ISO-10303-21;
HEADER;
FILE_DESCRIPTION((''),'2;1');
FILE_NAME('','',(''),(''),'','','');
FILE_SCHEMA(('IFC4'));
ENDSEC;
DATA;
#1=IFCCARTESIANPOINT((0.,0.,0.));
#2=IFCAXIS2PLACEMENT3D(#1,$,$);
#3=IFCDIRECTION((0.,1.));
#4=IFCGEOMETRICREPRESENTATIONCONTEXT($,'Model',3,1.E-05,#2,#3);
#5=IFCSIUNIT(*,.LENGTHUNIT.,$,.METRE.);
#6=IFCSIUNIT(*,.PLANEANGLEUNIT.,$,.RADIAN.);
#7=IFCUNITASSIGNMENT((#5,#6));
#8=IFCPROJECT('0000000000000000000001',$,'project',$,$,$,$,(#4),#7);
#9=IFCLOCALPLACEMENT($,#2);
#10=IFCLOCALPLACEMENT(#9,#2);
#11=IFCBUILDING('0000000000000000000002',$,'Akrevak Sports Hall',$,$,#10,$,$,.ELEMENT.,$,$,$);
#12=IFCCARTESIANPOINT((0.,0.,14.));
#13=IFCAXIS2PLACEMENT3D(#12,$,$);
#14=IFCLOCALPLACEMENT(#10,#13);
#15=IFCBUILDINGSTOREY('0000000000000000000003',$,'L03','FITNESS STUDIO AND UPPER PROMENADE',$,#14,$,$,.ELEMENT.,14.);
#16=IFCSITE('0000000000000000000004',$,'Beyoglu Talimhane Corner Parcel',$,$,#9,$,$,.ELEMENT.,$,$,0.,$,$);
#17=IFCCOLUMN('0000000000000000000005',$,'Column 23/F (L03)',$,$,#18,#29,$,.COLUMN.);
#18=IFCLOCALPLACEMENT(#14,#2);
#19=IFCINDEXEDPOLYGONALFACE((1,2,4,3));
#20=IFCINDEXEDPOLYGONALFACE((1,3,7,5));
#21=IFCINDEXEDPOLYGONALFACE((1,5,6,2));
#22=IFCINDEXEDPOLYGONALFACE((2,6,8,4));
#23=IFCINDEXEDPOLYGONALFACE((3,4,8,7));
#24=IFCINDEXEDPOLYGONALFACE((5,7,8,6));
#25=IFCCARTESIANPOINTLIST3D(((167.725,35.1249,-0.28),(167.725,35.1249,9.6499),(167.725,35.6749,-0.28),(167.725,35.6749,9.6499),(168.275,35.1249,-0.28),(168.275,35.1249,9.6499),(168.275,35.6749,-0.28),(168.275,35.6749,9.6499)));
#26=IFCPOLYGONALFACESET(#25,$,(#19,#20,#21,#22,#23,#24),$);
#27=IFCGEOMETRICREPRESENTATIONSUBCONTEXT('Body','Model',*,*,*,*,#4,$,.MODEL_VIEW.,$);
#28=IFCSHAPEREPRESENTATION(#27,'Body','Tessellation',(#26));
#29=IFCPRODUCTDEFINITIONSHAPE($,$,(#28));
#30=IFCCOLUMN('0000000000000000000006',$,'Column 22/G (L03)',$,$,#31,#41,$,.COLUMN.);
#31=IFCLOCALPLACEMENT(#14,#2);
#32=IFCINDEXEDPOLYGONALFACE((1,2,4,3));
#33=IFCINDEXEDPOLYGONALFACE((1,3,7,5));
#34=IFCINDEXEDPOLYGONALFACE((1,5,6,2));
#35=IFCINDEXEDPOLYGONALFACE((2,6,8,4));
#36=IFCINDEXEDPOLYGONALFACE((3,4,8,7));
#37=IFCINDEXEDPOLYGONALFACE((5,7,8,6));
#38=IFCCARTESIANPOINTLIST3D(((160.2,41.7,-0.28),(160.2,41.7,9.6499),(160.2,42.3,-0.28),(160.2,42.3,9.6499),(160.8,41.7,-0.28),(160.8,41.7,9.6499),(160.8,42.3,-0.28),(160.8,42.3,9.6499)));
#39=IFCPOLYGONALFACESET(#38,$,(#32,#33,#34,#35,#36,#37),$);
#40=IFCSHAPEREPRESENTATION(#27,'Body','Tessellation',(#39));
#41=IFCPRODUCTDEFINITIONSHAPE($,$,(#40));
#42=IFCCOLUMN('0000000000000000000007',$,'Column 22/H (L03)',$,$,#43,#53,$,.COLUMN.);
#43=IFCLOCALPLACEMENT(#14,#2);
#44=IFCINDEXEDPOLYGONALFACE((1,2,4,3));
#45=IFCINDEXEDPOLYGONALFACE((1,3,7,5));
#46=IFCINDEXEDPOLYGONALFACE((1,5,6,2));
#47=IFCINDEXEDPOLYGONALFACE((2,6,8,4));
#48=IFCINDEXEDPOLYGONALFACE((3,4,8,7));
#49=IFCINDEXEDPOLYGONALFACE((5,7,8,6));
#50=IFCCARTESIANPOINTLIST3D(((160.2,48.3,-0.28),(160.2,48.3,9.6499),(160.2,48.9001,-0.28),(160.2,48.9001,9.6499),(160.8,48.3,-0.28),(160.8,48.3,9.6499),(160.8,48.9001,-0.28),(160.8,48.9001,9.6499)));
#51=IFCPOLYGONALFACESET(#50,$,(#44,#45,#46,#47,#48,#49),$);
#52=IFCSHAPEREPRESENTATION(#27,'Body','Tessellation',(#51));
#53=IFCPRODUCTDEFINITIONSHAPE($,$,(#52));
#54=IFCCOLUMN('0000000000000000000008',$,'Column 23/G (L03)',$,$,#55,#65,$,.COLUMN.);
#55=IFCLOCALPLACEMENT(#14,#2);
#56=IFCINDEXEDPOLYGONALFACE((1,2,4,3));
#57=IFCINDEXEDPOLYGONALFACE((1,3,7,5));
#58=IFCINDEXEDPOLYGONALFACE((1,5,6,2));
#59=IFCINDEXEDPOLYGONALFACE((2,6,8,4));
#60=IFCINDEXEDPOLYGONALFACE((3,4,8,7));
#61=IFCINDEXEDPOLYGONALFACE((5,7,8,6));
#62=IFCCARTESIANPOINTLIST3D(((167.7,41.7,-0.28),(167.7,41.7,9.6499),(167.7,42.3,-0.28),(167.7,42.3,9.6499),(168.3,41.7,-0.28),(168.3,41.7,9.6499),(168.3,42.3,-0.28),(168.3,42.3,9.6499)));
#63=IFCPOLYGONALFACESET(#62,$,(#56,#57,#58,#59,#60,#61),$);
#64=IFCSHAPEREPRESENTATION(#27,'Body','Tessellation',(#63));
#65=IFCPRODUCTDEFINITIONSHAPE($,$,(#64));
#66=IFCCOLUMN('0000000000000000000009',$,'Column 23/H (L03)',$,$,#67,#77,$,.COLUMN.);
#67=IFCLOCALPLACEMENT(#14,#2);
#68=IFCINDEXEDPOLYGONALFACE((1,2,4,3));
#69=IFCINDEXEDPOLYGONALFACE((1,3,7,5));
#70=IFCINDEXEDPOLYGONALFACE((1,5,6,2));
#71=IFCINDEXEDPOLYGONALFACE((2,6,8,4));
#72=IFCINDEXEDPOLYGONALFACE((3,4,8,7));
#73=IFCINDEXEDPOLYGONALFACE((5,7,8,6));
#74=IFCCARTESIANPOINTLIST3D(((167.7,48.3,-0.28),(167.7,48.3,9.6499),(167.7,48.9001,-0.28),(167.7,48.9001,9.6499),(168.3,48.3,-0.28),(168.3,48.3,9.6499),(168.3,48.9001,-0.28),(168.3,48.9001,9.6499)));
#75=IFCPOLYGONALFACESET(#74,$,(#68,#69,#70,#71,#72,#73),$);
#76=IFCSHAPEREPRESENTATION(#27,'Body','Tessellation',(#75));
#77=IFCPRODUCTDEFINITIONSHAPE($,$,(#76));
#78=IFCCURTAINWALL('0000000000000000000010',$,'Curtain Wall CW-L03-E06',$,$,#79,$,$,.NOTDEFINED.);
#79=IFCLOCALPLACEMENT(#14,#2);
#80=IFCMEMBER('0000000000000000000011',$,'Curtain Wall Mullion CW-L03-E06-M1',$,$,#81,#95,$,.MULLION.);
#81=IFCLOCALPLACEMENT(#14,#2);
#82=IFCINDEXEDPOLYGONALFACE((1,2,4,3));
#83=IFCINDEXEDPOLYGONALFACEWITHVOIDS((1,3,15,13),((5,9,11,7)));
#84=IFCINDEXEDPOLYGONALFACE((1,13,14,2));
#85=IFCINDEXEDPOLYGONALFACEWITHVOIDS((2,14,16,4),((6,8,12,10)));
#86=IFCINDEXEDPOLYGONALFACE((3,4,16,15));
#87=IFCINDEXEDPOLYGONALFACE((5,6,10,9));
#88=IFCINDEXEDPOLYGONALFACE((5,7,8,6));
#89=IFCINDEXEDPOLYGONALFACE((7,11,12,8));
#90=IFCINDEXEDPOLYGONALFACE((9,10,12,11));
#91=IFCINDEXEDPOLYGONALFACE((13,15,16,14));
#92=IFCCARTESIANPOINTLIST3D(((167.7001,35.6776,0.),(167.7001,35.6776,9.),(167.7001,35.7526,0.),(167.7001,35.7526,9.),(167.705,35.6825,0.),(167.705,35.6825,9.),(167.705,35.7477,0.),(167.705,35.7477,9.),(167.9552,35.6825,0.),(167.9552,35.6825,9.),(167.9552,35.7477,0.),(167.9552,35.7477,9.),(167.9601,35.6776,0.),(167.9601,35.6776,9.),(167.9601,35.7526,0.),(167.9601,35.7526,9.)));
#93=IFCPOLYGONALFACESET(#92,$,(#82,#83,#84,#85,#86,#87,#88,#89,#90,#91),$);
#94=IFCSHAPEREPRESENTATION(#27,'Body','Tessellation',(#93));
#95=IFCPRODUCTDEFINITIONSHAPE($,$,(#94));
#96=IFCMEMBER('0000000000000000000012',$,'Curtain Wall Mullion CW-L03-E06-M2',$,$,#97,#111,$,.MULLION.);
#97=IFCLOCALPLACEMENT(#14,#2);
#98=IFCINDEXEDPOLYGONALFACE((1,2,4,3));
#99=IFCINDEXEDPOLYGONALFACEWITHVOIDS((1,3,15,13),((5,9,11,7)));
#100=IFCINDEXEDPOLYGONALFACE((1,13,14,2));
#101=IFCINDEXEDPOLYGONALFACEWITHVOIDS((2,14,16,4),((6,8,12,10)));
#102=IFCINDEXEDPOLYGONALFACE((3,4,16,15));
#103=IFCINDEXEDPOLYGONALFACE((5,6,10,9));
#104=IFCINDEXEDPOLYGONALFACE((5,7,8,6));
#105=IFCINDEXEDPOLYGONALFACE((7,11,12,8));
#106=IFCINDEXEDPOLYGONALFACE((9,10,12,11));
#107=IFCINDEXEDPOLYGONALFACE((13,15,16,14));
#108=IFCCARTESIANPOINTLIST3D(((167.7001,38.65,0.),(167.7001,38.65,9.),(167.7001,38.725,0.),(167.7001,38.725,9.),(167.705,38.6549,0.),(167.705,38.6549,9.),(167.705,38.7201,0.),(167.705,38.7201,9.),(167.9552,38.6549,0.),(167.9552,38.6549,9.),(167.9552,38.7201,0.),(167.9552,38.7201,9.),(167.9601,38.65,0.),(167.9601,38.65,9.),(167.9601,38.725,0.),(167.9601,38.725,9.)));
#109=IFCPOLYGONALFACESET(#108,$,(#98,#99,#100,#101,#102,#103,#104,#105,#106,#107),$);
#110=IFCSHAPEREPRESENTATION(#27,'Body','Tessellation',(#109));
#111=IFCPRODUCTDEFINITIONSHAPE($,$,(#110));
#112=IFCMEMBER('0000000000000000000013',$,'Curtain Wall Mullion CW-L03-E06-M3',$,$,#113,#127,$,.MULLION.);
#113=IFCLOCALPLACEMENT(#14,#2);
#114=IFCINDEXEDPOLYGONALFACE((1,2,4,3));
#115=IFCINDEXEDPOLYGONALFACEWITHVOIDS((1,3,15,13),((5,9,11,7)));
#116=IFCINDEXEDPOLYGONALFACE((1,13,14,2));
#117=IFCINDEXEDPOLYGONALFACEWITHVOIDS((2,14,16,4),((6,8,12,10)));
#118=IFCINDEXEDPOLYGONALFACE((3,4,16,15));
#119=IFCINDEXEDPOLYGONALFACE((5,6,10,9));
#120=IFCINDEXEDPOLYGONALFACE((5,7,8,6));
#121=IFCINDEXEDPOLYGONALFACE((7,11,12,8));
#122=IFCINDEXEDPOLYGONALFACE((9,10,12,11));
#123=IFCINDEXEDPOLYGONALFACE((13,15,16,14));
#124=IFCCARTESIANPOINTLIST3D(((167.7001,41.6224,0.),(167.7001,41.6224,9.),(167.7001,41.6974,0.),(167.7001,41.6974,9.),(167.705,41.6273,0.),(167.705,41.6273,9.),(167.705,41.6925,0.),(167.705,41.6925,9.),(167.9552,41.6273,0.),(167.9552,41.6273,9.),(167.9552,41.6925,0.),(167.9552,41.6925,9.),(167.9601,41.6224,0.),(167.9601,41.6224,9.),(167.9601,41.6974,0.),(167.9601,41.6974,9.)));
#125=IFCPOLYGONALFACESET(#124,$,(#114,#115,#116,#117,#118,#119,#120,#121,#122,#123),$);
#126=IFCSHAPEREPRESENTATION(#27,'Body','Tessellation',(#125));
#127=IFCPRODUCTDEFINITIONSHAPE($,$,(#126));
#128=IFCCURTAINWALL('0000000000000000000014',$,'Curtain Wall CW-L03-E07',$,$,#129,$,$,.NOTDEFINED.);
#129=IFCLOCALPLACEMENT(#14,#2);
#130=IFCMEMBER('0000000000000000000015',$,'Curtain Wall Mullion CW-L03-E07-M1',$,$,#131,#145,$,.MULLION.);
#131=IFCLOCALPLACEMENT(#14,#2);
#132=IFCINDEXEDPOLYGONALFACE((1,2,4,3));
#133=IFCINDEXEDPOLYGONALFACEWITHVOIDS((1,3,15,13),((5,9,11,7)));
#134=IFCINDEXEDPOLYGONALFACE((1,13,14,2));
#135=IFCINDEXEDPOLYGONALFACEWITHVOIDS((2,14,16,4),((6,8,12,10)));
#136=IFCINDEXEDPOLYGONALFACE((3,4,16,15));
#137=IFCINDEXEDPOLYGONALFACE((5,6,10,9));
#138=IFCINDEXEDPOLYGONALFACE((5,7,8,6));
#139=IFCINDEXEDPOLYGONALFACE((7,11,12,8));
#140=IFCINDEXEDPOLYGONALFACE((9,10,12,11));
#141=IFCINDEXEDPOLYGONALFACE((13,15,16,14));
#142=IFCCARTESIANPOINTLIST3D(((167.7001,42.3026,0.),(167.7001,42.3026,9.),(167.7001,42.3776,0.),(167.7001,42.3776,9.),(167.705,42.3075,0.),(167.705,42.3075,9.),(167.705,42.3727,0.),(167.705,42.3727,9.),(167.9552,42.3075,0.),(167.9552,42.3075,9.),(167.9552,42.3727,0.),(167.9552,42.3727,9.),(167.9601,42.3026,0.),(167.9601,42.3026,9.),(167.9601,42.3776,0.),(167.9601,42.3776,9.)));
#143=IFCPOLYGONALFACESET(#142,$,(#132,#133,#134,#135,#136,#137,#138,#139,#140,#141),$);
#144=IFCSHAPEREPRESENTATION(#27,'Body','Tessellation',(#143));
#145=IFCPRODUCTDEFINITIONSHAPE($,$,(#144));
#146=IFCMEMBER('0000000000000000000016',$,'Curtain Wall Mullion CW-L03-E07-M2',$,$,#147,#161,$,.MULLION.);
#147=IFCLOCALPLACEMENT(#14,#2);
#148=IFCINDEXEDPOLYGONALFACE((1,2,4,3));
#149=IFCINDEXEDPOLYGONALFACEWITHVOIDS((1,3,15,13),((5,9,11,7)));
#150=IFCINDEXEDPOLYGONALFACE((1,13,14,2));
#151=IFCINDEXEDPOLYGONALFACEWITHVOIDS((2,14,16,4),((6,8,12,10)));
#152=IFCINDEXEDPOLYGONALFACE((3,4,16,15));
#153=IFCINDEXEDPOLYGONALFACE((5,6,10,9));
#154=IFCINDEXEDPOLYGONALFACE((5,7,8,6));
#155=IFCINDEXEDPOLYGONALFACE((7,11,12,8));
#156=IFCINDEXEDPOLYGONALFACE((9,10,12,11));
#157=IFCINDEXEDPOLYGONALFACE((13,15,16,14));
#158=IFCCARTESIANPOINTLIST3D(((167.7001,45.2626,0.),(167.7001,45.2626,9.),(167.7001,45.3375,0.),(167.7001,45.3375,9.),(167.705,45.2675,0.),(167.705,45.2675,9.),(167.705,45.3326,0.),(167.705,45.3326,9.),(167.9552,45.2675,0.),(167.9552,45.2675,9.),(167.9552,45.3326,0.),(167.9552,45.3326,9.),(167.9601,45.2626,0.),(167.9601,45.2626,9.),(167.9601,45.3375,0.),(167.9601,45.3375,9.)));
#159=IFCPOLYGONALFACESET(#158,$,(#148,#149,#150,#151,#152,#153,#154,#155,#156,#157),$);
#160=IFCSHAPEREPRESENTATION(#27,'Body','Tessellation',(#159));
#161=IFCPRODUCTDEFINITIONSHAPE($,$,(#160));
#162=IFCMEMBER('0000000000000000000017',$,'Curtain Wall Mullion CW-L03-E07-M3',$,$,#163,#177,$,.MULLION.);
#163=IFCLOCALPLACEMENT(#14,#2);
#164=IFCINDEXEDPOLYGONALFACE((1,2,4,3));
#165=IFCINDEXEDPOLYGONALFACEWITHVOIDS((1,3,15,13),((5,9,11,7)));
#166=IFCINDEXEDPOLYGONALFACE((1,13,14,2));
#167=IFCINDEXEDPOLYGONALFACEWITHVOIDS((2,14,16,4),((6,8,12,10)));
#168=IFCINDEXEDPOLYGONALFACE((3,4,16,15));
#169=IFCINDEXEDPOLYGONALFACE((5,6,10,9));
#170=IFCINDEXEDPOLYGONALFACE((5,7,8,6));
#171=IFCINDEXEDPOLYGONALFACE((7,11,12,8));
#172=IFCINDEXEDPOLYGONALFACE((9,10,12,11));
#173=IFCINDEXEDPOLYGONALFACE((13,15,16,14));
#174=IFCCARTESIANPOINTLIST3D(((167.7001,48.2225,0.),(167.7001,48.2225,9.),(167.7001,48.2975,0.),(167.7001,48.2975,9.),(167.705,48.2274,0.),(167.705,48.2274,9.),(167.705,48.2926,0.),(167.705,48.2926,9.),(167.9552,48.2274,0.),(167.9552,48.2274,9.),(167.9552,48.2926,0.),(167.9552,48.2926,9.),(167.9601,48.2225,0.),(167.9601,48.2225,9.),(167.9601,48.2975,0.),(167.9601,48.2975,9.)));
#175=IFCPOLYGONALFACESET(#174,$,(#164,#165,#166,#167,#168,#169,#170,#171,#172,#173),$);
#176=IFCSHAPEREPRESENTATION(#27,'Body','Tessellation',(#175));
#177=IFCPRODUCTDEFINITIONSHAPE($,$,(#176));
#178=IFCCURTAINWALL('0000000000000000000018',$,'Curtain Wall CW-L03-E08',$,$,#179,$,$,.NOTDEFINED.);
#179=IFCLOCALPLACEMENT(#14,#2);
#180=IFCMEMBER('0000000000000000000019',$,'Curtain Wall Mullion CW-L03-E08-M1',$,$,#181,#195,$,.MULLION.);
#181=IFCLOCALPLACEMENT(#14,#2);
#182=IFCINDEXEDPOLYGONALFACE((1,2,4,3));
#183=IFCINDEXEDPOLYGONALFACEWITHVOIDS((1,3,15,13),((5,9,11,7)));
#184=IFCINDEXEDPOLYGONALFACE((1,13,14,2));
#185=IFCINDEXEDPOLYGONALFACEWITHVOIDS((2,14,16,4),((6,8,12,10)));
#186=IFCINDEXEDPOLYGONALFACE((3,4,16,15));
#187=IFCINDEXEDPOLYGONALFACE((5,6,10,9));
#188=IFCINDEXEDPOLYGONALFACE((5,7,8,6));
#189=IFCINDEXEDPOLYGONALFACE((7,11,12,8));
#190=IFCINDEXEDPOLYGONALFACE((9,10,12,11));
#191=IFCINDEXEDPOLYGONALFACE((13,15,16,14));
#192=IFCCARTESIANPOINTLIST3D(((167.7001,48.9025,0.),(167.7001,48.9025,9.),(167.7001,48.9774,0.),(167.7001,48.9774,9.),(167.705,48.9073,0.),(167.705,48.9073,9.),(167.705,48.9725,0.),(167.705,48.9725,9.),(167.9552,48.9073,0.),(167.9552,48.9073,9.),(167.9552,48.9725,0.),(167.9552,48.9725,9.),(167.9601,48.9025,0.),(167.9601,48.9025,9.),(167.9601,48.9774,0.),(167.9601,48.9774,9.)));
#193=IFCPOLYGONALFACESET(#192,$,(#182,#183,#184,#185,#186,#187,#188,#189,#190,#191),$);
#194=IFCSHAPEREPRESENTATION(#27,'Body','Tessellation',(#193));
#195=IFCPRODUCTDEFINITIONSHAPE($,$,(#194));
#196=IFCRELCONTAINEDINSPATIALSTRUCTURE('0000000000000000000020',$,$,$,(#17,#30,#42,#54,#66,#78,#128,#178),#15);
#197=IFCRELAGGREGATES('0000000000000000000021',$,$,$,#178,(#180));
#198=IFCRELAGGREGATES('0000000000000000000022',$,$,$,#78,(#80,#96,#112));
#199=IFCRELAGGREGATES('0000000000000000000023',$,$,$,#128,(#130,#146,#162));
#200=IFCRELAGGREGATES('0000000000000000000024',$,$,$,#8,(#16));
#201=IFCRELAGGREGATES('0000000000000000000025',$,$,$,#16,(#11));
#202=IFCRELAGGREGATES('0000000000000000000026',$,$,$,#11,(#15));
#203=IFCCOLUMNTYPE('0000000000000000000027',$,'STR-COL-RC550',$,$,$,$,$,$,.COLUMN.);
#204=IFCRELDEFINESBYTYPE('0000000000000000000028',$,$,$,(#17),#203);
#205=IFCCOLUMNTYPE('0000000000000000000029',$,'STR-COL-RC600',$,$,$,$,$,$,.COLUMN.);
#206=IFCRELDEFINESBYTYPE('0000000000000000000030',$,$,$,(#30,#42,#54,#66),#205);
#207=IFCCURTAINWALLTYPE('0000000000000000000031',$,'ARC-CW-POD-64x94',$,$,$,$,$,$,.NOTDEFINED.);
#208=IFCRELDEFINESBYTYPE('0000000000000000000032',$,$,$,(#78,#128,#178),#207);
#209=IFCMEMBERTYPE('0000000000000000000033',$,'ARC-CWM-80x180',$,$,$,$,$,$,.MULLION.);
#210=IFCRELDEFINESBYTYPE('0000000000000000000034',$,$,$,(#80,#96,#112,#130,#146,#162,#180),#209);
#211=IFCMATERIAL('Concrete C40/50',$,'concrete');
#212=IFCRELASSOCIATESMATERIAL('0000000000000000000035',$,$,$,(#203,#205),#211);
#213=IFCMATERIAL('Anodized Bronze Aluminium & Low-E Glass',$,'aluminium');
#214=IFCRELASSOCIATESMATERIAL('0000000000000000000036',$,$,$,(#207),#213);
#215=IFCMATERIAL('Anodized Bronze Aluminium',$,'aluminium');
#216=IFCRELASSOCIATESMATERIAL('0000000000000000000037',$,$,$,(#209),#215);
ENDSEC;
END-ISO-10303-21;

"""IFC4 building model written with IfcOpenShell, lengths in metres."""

from ifc_helpers import new_model, si_unit, direction, frame, origin, origin_2d, place, context, subcontext, project, spatial, rectangle, hollow_rectangle, extrude, material, material_profile, profile_set, type_object, element, aggregate, save


model = new_model("IFC4")

# Units and contexts
model_context = context("Model", 3, precision=1e-05, world=origin(), true_north=direction((0.0, 1.0)))
body_context = subcontext(model_context, "Body", "Model", "MODEL_VIEW")
ifc_project = project(units=[si_unit("LENGTHUNIT", "METRE"), si_unit("PLANEANGLEUNIT", "RADIAN")], contexts=[model_context])

# Site, building, storey
site_placement = place(None, origin())
site = spatial("IfcSite", under=ifc_project, at=site_placement, Name="Beyoglu Talimhane Corner Parcel", CompositionType="ELEMENT", RefElevation=0.0)
building_placement = place(site_placement, origin())
building = spatial("IfcBuilding", under=site, at=building_placement, Name="Akrevak Sports Hall", CompositionType="ELEMENT")
storey_placement = place(building_placement, frame((0.0, 0.0, 14.0)))
storey = spatial("IfcBuildingStorey", under=building, at=storey_placement, Name="L03", Description="FITNESS STUDIO AND UPPER PROMENADE", CompositionType="ELEMENT", Elevation=14.0)

# Columns
ifc_material_1 = material(Name="Concrete C40/50", Category="concrete")
ifc_material_profile_1 = material_profile(ifc_material_1, rectangle(XDim=0.55, YDim=0.55, at=origin_2d()), Name="RC 550x550", Category="concrete")
ifc_profile_set_1 = profile_set([ifc_material_profile_1], Name="Concrete C40/50")
column_type_1 = type_object("IfcColumnType", Name="STR-COL-RC550", PredefinedType="COLUMN", material=ifc_profile_set_1)
column_placement = place(storey_placement, frame((168.0, 35.3999, -0.28), z_axis=(0.0, 0.0, 1.0), x_axis=(1.0, 0.0, 0.0)))
element("IfcColumn", 1, at=column_placement, inside=storey, type_object=column_type_1, Name="Column 23/F (L03)", PredefinedType="COLUMN", context=body_context, shape_type="SweptSolid", body=[
    extrude(rectangle(XDim=0.55, YDim=0.55, at=origin_2d()), origin(), (0.0, 0.0, 1.0), 9.9299),
])
ifc_material_profile_2 = material_profile(ifc_material_1, rectangle(XDim=0.6001, YDim=0.6001, at=origin_2d()), Name="RC 600x600", Category="concrete")
ifc_profile_set_2 = profile_set([ifc_material_profile_2], Name="Concrete C40/50")
column_type_2 = type_object("IfcColumnType", Name="STR-COL-RC600", PredefinedType="COLUMN", material=ifc_profile_set_2)
for number, where, z_axis, x_axis, name in (
    (2, (160.5, 42.0, -0.28), (0.0, 0.0, 1.0), (1.0, 0.0, 0.0), "Column 22/G (L03)"),
    (3, (160.5, 48.6001, -0.28), (0.0, 0.0, 1.0), (1.0, 0.0, 0.0), "Column 22/H (L03)"),
    (4, (168.0, 42.0, -0.28), (0.0, 0.0, 1.0), (1.0, 0.0, 0.0), "Column 23/G (L03)"),
    (5, (168.0, 48.6001, -0.28), (0.0, 0.0, 1.0), (1.0, 0.0, 0.0), "Column 23/H (L03)"),
):
    element("IfcColumn", number, at=place(storey_placement, frame(where, z_axis=z_axis, x_axis=x_axis)), inside=storey, type_object=column_type_2, Name=name, PredefinedType="COLUMN", context=body_context, shape_type="SweptSolid", body=[
        extrude(rectangle(XDim=0.6001, YDim=0.6001, at=origin_2d()), origin(), (0.0, 0.0, 1.0), 9.9299),
    ])

# Curtain walls, members
ifc_material_2 = material(Name="Anodized Bronze Aluminium & Low-E Glass", Category="aluminium")
curtain_wall_type = type_object("IfcCurtainWallType", Name="ARC-CW-POD-64x94", PredefinedType="NOTDEFINED", material=ifc_material_2)
curtain_wall_1_placement = place(storey_placement, origin())
curtain_wall_1 = element("IfcCurtainWall", 6, at=curtain_wall_1_placement, inside=storey, type_object=curtain_wall_type, Name="Curtain Wall CW-L03-E06", PredefinedType="NOTDEFINED")
ifc_material_3 = material(Name="Anodized Bronze Aluminium", Category="aluminium")
ifc_material_profile_3 = material_profile(ifc_material_3, hollow_rectangle(XDim=0.075, YDim=0.26, WallThickness=0.0049, at=origin_2d()), Name="CWM 75x260", Category="aluminium")
ifc_profile_set_3 = profile_set([ifc_material_profile_3], Name="Anodized Bronze Aluminium")
member_type_1 = type_object("IfcMemberType", Name="ARC-CWM-80x180", PredefinedType="MULLION", material=ifc_profile_set_3)
member_1_placement = place(storey_placement, frame((167.8301, 35.7151, 0.0), z_axis=(0.0, 0.0, 1.0), x_axis=(0.0, 1.0, 0.0)))
member_1 = element("IfcMember", 7, at=member_1_placement, type_object=member_type_1, Name="Curtain Wall Mullion CW-L03-E06-M1", PredefinedType="MULLION", context=body_context, shape_type="SweptSolid", body=[
    extrude(hollow_rectangle(XDim=0.075, YDim=0.26, WallThickness=0.0049, at=origin_2d()), origin(), (0.0, 0.0, 1.0), 9.0),
])
member_2_placement = place(storey_placement, frame((167.8301, 38.6875, 0.0), z_axis=(0.0, 0.0, 1.0), x_axis=(0.0, 1.0, 0.0)))
member_2 = element("IfcMember", 8, at=member_2_placement, type_object=member_type_1, Name="Curtain Wall Mullion CW-L03-E06-M2", PredefinedType="MULLION", context=body_context, shape_type="SweptSolid", body=[
    extrude(hollow_rectangle(XDim=0.075, YDim=0.26, WallThickness=0.0049, at=origin_2d()), origin(), (0.0, 0.0, 1.0), 9.0),
])
member_3_placement = place(storey_placement, frame((167.8301, 41.6599, 0.0), z_axis=(0.0, 0.0, 1.0), x_axis=(0.0, 1.0, 0.0)))
member_3 = element("IfcMember", 9, at=member_3_placement, type_object=member_type_1, Name="Curtain Wall Mullion CW-L03-E06-M3", PredefinedType="MULLION", context=body_context, shape_type="SweptSolid", body=[
    extrude(hollow_rectangle(XDim=0.075, YDim=0.26, WallThickness=0.0049, at=origin_2d()), origin(), (0.0, 0.0, 1.0), 9.0),
])
curtain_wall_2_placement = place(storey_placement, origin())
curtain_wall_2 = element("IfcCurtainWall", 10, at=curtain_wall_2_placement, inside=storey, type_object=curtain_wall_type, Name="Curtain Wall CW-L03-E07", PredefinedType="NOTDEFINED")
member_4_placement = place(storey_placement, frame((167.8301, 42.3401, 0.0), z_axis=(0.0, 0.0, 1.0), x_axis=(0.0, 1.0, 0.0)))
member_4 = element("IfcMember", 11, at=member_4_placement, type_object=member_type_1, Name="Curtain Wall Mullion CW-L03-E07-M1", PredefinedType="MULLION", context=body_context, shape_type="SweptSolid", body=[
    extrude(hollow_rectangle(XDim=0.075, YDim=0.26, WallThickness=0.0049, at=origin_2d()), origin(), (0.0, 0.0, 1.0), 9.0),
])
member_5_placement = place(storey_placement, frame((167.8301, 45.3, 0.0), z_axis=(0.0, 0.0, 1.0), x_axis=(0.0, 1.0, 0.0)))
member_5 = element("IfcMember", 12, at=member_5_placement, type_object=member_type_1, Name="Curtain Wall Mullion CW-L03-E07-M2", PredefinedType="MULLION", context=body_context, shape_type="SweptSolid", body=[
    extrude(hollow_rectangle(XDim=0.075, YDim=0.26, WallThickness=0.0049, at=origin_2d()), origin(), (0.0, 0.0, 1.0), 9.0),
])
member_6_placement = place(storey_placement, frame((167.8301, 48.26, 0.0), z_axis=(0.0, 0.0, 1.0), x_axis=(0.0, 1.0, 0.0)))
member_6 = element("IfcMember", 13, at=member_6_placement, type_object=member_type_1, Name="Curtain Wall Mullion CW-L03-E07-M3", PredefinedType="MULLION", context=body_context, shape_type="SweptSolid", body=[
    extrude(hollow_rectangle(XDim=0.075, YDim=0.26, WallThickness=0.0049, at=origin_2d()), origin(), (0.0, 0.0, 1.0), 9.0),
])
curtain_wall_3_placement = place(storey_placement, origin())
curtain_wall_3 = element("IfcCurtainWall", 14, at=curtain_wall_3_placement, inside=storey, type_object=curtain_wall_type, Name="Curtain Wall CW-L03-E08", PredefinedType="NOTDEFINED")
member_7_placement = place(storey_placement, frame((167.8301, 48.9399, 0.0), z_axis=(0.0, 0.0, 1.0), x_axis=(0.0, 1.0, 0.0)))
member_7 = element("IfcMember", 15, at=member_7_placement, type_object=member_type_1, Name="Curtain Wall Mullion CW-L03-E08-M1", PredefinedType="MULLION", context=body_context, shape_type="SweptSolid", body=[
    extrude(hollow_rectangle(XDim=0.075, YDim=0.26, WallThickness=0.0049, at=origin_2d()), origin(), (0.0, 0.0, 1.0), 9.0),
])

aggregate(curtain_wall_3, [member_7])
aggregate(curtain_wall_1, [member_1, member_2, member_3])
aggregate(curtain_wall_2, [member_4, member_5, member_6])

save(model, "model.ifc")
